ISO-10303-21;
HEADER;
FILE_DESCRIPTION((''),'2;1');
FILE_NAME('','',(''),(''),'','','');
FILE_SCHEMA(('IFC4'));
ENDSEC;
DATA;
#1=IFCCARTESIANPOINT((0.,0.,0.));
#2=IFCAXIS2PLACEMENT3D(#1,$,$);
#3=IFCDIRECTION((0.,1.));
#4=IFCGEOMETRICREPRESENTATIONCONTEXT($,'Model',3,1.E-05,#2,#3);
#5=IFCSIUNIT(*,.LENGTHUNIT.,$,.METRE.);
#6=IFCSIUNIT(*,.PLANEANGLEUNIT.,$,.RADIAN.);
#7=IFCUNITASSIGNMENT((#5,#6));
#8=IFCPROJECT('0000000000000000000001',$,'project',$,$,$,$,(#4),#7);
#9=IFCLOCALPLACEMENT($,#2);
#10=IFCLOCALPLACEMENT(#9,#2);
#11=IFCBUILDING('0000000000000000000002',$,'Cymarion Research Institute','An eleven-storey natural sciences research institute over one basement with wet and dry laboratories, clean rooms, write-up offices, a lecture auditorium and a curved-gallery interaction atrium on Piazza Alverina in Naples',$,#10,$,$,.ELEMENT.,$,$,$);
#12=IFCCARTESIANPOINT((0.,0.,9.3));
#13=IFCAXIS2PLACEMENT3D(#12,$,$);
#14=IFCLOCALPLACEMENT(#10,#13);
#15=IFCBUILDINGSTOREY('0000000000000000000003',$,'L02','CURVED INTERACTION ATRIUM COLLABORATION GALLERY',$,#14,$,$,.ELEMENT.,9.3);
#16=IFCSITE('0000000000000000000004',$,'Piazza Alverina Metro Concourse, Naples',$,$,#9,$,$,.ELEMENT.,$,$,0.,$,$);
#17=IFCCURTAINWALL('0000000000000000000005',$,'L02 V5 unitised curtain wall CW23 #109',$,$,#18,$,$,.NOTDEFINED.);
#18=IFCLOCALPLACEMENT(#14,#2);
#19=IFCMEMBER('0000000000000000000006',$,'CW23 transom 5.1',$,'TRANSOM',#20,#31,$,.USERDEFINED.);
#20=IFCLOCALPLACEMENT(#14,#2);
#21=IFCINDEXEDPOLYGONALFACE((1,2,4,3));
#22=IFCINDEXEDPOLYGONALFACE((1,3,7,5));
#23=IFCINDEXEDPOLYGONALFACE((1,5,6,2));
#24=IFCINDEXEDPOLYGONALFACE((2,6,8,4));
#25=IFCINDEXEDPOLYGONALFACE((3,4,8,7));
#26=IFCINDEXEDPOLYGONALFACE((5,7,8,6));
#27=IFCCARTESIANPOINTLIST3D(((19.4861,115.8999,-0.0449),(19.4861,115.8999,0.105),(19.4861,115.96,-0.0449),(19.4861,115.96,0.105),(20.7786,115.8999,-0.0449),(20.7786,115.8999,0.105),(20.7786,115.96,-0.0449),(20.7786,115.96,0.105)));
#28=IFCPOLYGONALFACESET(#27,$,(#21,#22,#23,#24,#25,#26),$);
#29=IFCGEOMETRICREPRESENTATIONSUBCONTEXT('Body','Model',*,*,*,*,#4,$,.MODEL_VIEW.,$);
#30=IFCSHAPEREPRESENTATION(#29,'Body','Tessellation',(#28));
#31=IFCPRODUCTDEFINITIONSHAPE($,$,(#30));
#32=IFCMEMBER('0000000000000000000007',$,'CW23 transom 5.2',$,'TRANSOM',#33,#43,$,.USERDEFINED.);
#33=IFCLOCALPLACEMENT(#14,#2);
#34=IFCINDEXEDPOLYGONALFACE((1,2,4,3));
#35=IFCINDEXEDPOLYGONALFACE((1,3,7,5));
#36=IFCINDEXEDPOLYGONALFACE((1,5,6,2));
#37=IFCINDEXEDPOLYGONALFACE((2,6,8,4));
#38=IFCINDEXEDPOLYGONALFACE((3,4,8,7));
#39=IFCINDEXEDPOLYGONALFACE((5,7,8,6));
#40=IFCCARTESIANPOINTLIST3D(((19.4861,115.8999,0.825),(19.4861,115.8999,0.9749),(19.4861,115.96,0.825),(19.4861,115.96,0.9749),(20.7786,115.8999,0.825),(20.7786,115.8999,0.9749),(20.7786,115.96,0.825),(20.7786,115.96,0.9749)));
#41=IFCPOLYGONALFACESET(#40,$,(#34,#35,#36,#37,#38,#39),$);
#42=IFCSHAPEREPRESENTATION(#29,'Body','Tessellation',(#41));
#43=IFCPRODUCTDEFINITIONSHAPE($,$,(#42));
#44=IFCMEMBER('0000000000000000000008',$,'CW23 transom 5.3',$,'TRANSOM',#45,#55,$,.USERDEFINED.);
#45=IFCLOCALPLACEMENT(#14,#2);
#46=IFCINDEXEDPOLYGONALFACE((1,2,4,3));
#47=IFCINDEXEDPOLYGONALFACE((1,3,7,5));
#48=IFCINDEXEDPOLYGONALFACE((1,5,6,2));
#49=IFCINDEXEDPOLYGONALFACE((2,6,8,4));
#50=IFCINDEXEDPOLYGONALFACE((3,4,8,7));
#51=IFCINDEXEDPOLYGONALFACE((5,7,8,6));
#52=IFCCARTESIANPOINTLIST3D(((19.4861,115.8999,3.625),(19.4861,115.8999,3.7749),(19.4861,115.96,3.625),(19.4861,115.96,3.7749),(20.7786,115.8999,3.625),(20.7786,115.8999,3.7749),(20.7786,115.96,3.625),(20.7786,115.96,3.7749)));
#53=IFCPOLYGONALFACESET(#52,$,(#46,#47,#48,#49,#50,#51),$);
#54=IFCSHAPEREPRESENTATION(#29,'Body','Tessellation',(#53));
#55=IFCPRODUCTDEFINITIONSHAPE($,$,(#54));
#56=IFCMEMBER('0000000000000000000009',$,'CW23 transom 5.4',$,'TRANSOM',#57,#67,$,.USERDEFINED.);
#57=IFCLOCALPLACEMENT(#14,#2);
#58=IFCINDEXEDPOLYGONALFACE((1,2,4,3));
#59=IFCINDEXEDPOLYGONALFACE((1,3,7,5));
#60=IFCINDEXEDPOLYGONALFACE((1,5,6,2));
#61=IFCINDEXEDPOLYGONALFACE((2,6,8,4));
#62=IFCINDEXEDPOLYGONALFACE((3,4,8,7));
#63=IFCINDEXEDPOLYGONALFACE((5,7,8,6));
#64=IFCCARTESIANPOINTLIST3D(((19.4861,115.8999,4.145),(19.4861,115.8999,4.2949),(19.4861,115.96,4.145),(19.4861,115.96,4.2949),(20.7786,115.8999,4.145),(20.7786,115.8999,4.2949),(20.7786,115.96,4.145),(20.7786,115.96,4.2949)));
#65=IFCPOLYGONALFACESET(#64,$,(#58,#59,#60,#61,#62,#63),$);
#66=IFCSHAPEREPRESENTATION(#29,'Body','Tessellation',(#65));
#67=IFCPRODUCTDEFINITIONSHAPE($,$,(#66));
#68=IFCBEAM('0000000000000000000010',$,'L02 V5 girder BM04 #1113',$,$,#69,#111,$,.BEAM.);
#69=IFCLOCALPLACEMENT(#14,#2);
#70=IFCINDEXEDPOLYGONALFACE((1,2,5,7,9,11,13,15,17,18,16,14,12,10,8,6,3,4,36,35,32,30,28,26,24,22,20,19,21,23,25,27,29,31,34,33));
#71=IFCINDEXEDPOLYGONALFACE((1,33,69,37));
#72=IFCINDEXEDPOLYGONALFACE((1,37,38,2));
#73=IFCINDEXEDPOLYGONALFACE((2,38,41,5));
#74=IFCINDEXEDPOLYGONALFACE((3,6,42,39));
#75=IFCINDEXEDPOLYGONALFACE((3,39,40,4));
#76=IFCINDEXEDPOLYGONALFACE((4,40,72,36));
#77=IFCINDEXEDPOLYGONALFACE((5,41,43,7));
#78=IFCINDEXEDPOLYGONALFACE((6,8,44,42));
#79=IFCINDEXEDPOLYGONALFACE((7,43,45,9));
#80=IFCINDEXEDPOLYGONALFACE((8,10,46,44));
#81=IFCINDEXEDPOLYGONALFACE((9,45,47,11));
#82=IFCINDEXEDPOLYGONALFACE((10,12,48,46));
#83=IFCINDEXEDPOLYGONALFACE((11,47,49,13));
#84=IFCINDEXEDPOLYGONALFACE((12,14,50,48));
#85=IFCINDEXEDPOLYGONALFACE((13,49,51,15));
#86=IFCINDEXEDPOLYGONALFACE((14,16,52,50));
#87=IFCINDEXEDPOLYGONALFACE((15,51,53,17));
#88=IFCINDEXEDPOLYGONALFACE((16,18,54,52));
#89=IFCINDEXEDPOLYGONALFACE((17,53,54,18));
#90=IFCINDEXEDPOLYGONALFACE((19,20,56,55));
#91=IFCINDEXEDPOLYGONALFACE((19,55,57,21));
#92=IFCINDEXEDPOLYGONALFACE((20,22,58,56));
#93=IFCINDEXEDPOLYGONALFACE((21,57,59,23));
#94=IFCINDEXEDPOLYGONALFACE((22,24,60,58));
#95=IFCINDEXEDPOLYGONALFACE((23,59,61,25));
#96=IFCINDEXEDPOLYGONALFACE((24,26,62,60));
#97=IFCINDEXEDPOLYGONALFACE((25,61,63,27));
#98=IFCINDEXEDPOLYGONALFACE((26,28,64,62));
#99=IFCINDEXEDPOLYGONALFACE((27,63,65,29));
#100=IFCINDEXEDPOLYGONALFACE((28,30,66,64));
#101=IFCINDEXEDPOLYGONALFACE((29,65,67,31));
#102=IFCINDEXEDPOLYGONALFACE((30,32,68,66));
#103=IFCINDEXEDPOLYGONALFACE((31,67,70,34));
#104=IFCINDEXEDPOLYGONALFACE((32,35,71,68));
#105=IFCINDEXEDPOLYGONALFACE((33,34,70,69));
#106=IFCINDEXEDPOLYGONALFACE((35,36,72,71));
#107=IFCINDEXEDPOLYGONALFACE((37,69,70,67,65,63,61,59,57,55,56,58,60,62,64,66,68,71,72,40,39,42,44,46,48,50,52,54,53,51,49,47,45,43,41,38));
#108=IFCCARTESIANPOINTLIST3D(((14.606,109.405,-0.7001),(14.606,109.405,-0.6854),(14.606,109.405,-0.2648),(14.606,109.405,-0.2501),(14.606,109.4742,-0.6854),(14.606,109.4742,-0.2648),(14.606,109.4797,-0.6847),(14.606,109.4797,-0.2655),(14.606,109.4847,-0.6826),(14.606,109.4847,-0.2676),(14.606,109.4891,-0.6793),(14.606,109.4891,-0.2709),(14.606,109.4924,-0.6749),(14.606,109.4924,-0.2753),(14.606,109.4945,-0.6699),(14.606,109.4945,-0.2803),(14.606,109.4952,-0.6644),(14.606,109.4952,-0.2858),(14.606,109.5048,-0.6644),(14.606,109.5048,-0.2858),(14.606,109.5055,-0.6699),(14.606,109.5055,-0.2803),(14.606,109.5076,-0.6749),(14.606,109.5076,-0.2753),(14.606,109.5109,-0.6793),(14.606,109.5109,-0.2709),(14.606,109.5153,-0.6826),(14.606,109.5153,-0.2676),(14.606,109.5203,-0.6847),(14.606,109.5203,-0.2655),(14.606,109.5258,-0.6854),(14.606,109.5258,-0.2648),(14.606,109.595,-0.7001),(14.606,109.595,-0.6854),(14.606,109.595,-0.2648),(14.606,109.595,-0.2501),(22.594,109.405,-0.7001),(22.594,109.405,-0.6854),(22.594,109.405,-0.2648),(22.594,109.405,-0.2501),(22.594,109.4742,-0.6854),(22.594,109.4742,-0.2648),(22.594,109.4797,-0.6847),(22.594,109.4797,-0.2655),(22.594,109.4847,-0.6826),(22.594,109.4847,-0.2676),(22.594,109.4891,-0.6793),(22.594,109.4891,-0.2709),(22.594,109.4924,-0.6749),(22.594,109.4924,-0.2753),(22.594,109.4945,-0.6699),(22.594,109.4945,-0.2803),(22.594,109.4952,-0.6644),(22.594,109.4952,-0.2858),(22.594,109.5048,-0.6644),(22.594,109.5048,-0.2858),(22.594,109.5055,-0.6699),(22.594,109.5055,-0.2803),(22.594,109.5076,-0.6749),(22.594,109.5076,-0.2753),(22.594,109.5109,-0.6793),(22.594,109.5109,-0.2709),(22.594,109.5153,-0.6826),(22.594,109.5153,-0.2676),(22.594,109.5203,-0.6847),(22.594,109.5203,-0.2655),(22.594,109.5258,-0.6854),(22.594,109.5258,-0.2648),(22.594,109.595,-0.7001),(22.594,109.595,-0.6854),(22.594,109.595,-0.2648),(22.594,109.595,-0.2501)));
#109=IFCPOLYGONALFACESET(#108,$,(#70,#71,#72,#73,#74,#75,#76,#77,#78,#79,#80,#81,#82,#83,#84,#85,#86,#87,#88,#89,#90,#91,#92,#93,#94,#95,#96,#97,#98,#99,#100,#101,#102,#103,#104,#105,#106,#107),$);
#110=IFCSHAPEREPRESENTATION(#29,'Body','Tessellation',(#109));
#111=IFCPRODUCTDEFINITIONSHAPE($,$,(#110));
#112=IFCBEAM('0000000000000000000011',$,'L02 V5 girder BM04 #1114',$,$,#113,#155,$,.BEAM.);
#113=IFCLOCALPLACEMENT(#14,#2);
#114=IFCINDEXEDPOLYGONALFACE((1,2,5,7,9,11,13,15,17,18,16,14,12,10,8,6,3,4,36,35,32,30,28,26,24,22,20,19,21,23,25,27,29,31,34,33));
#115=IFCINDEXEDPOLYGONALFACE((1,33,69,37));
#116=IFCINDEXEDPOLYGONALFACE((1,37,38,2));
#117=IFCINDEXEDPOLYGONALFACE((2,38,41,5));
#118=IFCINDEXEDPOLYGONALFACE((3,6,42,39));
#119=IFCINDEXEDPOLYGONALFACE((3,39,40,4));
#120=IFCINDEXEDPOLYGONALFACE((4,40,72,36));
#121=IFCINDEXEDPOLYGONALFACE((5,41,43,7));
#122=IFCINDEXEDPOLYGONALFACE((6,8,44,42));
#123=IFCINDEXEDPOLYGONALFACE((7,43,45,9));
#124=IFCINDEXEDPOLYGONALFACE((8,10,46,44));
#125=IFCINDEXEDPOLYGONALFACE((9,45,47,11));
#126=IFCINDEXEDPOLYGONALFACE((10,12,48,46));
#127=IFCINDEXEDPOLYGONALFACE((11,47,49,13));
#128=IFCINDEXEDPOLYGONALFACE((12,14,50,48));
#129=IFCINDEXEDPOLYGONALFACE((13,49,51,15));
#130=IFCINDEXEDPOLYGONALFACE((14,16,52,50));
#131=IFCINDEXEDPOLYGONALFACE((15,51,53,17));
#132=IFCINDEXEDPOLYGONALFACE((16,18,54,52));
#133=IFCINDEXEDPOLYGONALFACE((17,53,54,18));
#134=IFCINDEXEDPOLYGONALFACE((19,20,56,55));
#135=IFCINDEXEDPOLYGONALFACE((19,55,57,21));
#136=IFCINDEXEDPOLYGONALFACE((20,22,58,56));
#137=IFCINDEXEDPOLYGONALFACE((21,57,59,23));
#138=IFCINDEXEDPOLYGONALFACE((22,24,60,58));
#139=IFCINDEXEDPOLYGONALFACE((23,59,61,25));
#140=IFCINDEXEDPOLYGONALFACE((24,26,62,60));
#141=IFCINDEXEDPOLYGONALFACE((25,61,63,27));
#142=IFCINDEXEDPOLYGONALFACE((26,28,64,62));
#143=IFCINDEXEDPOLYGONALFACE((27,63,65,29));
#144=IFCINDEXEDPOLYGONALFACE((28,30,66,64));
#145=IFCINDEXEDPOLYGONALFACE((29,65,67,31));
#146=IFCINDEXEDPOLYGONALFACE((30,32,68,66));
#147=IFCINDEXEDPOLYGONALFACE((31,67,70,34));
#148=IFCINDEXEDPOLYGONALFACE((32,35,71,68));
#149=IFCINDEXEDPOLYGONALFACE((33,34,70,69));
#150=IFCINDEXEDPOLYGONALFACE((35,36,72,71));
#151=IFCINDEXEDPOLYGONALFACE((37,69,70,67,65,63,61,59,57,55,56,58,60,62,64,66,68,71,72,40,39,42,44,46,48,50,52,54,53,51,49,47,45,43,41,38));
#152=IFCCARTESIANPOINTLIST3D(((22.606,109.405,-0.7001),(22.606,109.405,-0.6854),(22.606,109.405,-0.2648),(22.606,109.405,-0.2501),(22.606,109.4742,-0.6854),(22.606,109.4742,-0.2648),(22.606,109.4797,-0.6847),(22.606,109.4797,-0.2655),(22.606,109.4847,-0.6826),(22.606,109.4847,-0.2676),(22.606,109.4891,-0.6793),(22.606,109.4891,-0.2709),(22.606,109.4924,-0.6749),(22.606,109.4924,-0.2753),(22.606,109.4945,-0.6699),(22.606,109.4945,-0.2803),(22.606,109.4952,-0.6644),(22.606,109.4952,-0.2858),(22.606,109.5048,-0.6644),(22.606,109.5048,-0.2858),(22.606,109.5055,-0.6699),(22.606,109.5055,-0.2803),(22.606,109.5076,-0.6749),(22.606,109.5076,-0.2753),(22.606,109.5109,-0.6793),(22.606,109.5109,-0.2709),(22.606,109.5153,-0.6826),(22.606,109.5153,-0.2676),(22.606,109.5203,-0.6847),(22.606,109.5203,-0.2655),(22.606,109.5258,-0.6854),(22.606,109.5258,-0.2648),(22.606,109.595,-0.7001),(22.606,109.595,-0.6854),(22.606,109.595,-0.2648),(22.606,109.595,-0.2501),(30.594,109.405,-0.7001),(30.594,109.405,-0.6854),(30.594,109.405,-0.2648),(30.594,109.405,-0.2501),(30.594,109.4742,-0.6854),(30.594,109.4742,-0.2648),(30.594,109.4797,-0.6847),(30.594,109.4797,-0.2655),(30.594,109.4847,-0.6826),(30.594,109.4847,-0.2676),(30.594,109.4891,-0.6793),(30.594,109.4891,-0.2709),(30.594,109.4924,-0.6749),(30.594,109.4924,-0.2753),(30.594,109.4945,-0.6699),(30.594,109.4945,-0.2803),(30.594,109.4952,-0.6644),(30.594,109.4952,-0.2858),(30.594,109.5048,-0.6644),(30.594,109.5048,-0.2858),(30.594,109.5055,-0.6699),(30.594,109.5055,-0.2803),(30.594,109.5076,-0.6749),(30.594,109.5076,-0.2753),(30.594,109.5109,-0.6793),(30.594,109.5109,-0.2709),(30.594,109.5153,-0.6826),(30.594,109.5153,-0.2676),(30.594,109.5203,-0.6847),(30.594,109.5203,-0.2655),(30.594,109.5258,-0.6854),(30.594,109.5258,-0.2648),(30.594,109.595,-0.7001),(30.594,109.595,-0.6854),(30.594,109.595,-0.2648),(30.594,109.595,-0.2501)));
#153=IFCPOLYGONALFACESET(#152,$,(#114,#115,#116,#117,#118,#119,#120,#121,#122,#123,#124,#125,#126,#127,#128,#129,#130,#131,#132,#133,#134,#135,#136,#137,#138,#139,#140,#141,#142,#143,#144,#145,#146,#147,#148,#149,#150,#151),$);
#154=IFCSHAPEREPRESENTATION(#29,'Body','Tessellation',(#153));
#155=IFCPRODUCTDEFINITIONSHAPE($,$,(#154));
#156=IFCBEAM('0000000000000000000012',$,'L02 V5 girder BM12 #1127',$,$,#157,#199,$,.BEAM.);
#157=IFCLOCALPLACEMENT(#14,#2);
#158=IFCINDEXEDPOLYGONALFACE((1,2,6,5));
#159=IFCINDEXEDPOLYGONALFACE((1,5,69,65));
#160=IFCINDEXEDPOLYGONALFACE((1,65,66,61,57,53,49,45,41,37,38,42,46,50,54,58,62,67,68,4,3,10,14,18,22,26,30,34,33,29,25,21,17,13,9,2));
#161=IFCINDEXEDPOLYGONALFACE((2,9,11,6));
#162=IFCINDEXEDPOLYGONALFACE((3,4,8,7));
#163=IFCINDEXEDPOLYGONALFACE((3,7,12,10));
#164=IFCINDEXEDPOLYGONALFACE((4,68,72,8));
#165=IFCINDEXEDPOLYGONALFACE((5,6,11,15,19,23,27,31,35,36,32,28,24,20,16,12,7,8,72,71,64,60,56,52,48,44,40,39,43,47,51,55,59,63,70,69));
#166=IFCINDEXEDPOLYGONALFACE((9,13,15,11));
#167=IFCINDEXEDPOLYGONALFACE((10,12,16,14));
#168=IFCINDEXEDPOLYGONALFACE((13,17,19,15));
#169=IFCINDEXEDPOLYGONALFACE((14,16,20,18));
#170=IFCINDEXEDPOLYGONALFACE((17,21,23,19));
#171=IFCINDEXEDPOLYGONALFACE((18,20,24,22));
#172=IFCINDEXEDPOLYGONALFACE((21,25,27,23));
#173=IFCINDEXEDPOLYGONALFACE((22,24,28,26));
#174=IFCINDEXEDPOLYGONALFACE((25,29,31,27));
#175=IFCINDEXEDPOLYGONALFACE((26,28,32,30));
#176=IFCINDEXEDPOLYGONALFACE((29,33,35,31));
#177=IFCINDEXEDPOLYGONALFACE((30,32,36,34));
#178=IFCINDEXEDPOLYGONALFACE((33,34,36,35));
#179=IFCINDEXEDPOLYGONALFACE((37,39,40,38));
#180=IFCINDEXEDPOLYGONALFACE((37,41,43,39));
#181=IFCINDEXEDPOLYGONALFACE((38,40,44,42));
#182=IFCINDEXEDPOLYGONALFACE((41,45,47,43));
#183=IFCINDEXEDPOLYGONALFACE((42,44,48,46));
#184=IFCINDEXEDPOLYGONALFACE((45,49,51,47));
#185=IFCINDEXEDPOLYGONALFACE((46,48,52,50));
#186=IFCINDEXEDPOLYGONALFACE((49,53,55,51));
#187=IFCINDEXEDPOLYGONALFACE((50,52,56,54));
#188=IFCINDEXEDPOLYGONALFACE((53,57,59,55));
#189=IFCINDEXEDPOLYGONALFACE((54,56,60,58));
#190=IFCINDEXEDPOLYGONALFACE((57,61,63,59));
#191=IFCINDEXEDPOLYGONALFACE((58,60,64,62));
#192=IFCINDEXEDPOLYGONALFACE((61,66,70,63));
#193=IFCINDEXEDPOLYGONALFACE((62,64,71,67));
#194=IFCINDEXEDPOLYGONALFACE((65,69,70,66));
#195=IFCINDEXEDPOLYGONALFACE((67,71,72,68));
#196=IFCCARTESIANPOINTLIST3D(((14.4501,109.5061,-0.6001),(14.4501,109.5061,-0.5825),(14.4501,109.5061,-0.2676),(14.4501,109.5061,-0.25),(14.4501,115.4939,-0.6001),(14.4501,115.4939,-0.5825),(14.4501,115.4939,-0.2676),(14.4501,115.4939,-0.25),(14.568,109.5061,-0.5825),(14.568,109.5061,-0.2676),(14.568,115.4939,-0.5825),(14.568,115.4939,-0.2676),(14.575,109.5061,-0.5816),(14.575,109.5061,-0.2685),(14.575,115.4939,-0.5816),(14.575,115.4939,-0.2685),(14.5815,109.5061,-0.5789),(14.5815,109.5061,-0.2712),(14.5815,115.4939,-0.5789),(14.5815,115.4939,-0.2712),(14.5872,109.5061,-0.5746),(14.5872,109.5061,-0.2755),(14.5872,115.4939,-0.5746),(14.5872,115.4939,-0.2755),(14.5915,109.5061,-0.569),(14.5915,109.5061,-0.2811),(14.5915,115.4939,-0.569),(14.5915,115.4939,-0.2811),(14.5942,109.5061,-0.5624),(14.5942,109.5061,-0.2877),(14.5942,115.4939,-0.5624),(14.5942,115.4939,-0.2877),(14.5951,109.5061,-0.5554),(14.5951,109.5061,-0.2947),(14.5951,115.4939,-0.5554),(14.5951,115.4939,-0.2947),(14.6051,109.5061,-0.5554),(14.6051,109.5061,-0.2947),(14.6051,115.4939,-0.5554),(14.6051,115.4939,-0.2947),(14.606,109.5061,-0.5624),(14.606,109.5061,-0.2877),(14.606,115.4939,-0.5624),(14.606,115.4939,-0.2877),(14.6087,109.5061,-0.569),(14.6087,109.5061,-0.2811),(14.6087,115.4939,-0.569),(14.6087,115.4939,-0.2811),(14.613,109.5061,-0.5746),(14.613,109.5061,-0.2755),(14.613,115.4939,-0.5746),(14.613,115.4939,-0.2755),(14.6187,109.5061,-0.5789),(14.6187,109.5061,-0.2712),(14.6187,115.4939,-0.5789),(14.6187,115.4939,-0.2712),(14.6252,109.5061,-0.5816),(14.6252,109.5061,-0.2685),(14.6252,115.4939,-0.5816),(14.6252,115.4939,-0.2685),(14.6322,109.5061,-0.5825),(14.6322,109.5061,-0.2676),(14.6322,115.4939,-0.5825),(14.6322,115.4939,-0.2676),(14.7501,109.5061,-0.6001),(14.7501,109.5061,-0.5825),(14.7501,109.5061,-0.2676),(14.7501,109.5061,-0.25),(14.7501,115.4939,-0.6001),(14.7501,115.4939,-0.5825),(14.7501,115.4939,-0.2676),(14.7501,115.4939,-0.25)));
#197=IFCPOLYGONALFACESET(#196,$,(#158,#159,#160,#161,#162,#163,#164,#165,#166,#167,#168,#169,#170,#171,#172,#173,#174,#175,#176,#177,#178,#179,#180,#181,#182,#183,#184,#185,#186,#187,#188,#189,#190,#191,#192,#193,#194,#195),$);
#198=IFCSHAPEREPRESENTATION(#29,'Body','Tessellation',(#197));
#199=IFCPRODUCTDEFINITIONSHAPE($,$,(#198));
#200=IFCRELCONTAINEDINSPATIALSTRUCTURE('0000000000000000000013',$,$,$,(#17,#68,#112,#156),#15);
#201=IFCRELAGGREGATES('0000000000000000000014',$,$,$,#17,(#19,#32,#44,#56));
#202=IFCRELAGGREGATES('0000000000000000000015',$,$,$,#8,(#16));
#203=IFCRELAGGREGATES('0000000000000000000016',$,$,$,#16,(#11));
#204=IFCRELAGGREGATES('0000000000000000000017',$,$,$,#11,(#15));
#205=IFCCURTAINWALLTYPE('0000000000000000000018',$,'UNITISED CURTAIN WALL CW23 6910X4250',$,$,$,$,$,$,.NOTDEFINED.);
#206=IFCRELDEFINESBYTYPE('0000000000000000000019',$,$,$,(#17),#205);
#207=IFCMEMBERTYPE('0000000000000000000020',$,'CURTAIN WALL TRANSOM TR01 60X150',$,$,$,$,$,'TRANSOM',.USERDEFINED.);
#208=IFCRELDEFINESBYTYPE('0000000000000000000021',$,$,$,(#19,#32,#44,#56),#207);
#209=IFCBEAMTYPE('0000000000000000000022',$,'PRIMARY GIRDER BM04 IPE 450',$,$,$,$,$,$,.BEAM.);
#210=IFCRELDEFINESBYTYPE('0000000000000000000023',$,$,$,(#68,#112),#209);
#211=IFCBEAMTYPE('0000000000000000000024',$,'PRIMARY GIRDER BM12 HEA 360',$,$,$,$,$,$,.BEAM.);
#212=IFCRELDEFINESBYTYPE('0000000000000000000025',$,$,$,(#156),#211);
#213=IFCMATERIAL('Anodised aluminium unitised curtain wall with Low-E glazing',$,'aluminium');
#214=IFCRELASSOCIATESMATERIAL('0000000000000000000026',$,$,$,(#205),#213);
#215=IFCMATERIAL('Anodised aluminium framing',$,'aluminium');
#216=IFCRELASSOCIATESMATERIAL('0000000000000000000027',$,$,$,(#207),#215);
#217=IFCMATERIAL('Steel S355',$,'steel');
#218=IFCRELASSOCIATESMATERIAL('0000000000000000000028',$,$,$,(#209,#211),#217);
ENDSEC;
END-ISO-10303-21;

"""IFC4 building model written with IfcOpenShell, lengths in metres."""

from ifc_helpers import new_model, si_unit, direction, frame, origin, origin_2d, place, context, subcontext, project, spatial, rectangle, i_section, extrude, material, material_profile, profile_set, type_object, element, aggregate, save


model = new_model("IFC4")

# Units and contexts
model_context = context("Model", 3, precision=1e-05, world=origin(), true_north=direction((0.0, 1.0)))
body_context = subcontext(model_context, "Body", "Model", "MODEL_VIEW")
ifc_project = project(units=[si_unit("LENGTHUNIT", "METRE"), si_unit("PLANEANGLEUNIT", "RADIAN")], contexts=[model_context])

# Site, building, storey
site_placement = place(None, origin())
site = spatial("IfcSite", under=ifc_project, at=site_placement, Name="Piazza Alverina Metro Concourse, Naples", CompositionType="ELEMENT", RefElevation=0.0)
building_placement = place(site_placement, origin())
building = spatial("IfcBuilding", under=site, at=building_placement, Name="Cymarion Research Institute", Description="An eleven-storey natural sciences research institute over one basement with wet and dry laboratories, clean rooms, write-up offices, a lecture auditorium and a curved-gallery interaction atrium on Piazza Alverina in Naples", CompositionType="ELEMENT")
storey_placement = place(building_placement, frame((0.0, 0.0, 9.3)))
storey = spatial("IfcBuildingStorey", under=building, at=storey_placement, Name="L02", Description="CURVED INTERACTION ATRIUM COLLABORATION GALLERY", CompositionType="ELEMENT", Elevation=9.3)

# Shared definitions
ifc_material_1 = material(Name="Steel S355", Category="steel")

# Curtain wall, members
ifc_material_2 = material(Name="Anodised aluminium unitised curtain wall with Low-E glazing", Category="aluminium")
curtain_wall_type = type_object("IfcCurtainWallType", Name="UNITISED CURTAIN WALL CW23 6910X4250", PredefinedType="NOTDEFINED", material=ifc_material_2)
curtain_wall_placement = place(storey_placement, origin())
curtain_wall = element("IfcCurtainWall", 1, at=curtain_wall_placement, inside=storey, type_object=curtain_wall_type, Name="L02 V5 unitised curtain wall CW23 #109", PredefinedType="NOTDEFINED")
ifc_material_3 = material(Name="Anodised aluminium framing", Category="aluminium")
ifc_material_profile_1 = material_profile(ifc_material_3, rectangle(XDim=0.0601, YDim=0.1499, at=origin_2d()), Name="ALU TRANSOM 60x150")
ifc_profile_set_1 = profile_set([ifc_material_profile_1], Name="Anodised aluminium framing")
member_type_1 = type_object("IfcMemberType", Name="CURTAIN WALL TRANSOM TR01 60X150", ElementType="TRANSOM", PredefinedType="USERDEFINED", material=ifc_profile_set_1)
member_1_placement = place(storey_placement, frame((20.7786, 115.9299, 0.03), z_axis=(-1.0, 0.0, 0.0), x_axis=(0.0, -1.0, 0.0)))
member_1 = element("IfcMember", 2, at=member_1_placement, type_object=member_type_1, Name="CW23 transom 5.1", ObjectType="TRANSOM", PredefinedType="USERDEFINED", context=body_context, shape_type="SweptSolid", body=[
    extrude(rectangle(XDim=0.0601, YDim=0.1499, at=origin_2d()), origin(), (0.0, 0.0, 1.0), 1.2925),
])
member_2_placement = place(storey_placement, frame((20.7786, 115.9299, 0.8999), z_axis=(-1.0, 0.0, 0.0), x_axis=(0.0, -1.0, 0.0)))
member_2 = element("IfcMember", 3, at=member_2_placement, type_object=member_type_1, Name="CW23 transom 5.2", ObjectType="TRANSOM", PredefinedType="USERDEFINED", context=body_context, shape_type="SweptSolid", body=[
    extrude(rectangle(XDim=0.0601, YDim=0.1499, at=origin_2d()), origin(), (0.0, 0.0, 1.0), 1.2925),
])
member_3_placement = place(storey_placement, frame((20.7786, 115.9299, 3.7), z_axis=(-1.0, 0.0, 0.0), x_axis=(0.0, -1.0, 0.0)))
member_3 = element("IfcMember", 4, at=member_3_placement, type_object=member_type_1, Name="CW23 transom 5.3", ObjectType="TRANSOM", PredefinedType="USERDEFINED", context=body_context, shape_type="SweptSolid", body=[
    extrude(rectangle(XDim=0.0601, YDim=0.1499, at=origin_2d()), origin(), (0.0, 0.0, 1.0), 1.2925),
])
member_4_placement = place(storey_placement, frame((20.7786, 115.9299, 4.22), z_axis=(-1.0, 0.0, 0.0), x_axis=(0.0, -1.0, 0.0)))
member_4 = element("IfcMember", 5, at=member_4_placement, type_object=member_type_1, Name="CW23 transom 5.4", ObjectType="TRANSOM", PredefinedType="USERDEFINED", context=body_context, shape_type="SweptSolid", body=[
    extrude(rectangle(XDim=0.0601, YDim=0.1499, at=origin_2d()), origin(), (0.0, 0.0, 1.0), 1.2925),
])

# Beams
ifc_material_profile_2 = material_profile(ifc_material_1, i_section(OverallWidth=0.1899, OverallDepth=0.45, WebThickness=0.0095, FlangeThickness=0.0146, FilletRadius=0.021, at=origin_2d()), Name="IPE 450")
ifc_profile_set_2 = profile_set([ifc_material_profile_2], Name="Steel S355")
beam_type_1 = type_object("IfcBeamType", Name="PRIMARY GIRDER BM04 IPE 450", PredefinedType="BEAM", material=ifc_profile_set_2)
for number, where, z_axis, x_axis, name in (
    (6, (14.606, 109.5, -0.4751), (1.0, 0.0, 0.0), (0.0, 1.0, 0.0), "L02 V5 girder BM04 #1113"),
    (7, (22.606, 109.5, -0.4751), (1.0, 0.0, 0.0), (0.0, 1.0, 0.0), "L02 V5 girder BM04 #1114"),
):
    element("IfcBeam", number, at=place(storey_placement, frame(where, z_axis=z_axis, x_axis=x_axis)), inside=storey, type_object=beam_type_1, Name=name, PredefinedType="BEAM", context=body_context, shape_type="SweptSolid", body=[
        extrude(i_section(OverallWidth=0.1899, OverallDepth=0.45, WebThickness=0.0095, FlangeThickness=0.0146, FilletRadius=0.021, at=origin_2d()), origin(), (0.0, 0.0, 1.0), 7.988),
    ])
ifc_material_profile_3 = material_profile(ifc_material_1, i_section(OverallWidth=0.3, OverallDepth=0.3501, WebThickness=0.01, FlangeThickness=0.0176, FilletRadius=0.0271, at=origin_2d()), Name="HEA 360")
ifc_profile_set_3 = profile_set([ifc_material_profile_3], Name="Steel S355")
beam_type_2 = type_object("IfcBeamType", Name="PRIMARY GIRDER BM12 HEA 360", PredefinedType="BEAM", material=ifc_profile_set_3)
for number, where, z_axis, x_axis, name in (
    (8, (14.6001, 109.5061, -0.425), (0.0, 1.0, 0.0), (-1.0, 0.0, 0.0), "L02 V5 girder BM12 #1127"),
):
    element("IfcBeam", number, at=place(storey_placement, frame(where, z_axis=z_axis, x_axis=x_axis)), inside=storey, type_object=beam_type_2, Name=name, PredefinedType="BEAM", context=body_context, shape_type="SweptSolid", body=[
        extrude(i_section(OverallWidth=0.3, OverallDepth=0.3501, WebThickness=0.01, FlangeThickness=0.0176, FilletRadius=0.0271, at=origin_2d()), origin(), (0.0, 0.0, 1.0), 5.9878),
    ])

aggregate(curtain_wall, [member_1, member_2, member_3, member_4])

save(model, "model.ifc")
